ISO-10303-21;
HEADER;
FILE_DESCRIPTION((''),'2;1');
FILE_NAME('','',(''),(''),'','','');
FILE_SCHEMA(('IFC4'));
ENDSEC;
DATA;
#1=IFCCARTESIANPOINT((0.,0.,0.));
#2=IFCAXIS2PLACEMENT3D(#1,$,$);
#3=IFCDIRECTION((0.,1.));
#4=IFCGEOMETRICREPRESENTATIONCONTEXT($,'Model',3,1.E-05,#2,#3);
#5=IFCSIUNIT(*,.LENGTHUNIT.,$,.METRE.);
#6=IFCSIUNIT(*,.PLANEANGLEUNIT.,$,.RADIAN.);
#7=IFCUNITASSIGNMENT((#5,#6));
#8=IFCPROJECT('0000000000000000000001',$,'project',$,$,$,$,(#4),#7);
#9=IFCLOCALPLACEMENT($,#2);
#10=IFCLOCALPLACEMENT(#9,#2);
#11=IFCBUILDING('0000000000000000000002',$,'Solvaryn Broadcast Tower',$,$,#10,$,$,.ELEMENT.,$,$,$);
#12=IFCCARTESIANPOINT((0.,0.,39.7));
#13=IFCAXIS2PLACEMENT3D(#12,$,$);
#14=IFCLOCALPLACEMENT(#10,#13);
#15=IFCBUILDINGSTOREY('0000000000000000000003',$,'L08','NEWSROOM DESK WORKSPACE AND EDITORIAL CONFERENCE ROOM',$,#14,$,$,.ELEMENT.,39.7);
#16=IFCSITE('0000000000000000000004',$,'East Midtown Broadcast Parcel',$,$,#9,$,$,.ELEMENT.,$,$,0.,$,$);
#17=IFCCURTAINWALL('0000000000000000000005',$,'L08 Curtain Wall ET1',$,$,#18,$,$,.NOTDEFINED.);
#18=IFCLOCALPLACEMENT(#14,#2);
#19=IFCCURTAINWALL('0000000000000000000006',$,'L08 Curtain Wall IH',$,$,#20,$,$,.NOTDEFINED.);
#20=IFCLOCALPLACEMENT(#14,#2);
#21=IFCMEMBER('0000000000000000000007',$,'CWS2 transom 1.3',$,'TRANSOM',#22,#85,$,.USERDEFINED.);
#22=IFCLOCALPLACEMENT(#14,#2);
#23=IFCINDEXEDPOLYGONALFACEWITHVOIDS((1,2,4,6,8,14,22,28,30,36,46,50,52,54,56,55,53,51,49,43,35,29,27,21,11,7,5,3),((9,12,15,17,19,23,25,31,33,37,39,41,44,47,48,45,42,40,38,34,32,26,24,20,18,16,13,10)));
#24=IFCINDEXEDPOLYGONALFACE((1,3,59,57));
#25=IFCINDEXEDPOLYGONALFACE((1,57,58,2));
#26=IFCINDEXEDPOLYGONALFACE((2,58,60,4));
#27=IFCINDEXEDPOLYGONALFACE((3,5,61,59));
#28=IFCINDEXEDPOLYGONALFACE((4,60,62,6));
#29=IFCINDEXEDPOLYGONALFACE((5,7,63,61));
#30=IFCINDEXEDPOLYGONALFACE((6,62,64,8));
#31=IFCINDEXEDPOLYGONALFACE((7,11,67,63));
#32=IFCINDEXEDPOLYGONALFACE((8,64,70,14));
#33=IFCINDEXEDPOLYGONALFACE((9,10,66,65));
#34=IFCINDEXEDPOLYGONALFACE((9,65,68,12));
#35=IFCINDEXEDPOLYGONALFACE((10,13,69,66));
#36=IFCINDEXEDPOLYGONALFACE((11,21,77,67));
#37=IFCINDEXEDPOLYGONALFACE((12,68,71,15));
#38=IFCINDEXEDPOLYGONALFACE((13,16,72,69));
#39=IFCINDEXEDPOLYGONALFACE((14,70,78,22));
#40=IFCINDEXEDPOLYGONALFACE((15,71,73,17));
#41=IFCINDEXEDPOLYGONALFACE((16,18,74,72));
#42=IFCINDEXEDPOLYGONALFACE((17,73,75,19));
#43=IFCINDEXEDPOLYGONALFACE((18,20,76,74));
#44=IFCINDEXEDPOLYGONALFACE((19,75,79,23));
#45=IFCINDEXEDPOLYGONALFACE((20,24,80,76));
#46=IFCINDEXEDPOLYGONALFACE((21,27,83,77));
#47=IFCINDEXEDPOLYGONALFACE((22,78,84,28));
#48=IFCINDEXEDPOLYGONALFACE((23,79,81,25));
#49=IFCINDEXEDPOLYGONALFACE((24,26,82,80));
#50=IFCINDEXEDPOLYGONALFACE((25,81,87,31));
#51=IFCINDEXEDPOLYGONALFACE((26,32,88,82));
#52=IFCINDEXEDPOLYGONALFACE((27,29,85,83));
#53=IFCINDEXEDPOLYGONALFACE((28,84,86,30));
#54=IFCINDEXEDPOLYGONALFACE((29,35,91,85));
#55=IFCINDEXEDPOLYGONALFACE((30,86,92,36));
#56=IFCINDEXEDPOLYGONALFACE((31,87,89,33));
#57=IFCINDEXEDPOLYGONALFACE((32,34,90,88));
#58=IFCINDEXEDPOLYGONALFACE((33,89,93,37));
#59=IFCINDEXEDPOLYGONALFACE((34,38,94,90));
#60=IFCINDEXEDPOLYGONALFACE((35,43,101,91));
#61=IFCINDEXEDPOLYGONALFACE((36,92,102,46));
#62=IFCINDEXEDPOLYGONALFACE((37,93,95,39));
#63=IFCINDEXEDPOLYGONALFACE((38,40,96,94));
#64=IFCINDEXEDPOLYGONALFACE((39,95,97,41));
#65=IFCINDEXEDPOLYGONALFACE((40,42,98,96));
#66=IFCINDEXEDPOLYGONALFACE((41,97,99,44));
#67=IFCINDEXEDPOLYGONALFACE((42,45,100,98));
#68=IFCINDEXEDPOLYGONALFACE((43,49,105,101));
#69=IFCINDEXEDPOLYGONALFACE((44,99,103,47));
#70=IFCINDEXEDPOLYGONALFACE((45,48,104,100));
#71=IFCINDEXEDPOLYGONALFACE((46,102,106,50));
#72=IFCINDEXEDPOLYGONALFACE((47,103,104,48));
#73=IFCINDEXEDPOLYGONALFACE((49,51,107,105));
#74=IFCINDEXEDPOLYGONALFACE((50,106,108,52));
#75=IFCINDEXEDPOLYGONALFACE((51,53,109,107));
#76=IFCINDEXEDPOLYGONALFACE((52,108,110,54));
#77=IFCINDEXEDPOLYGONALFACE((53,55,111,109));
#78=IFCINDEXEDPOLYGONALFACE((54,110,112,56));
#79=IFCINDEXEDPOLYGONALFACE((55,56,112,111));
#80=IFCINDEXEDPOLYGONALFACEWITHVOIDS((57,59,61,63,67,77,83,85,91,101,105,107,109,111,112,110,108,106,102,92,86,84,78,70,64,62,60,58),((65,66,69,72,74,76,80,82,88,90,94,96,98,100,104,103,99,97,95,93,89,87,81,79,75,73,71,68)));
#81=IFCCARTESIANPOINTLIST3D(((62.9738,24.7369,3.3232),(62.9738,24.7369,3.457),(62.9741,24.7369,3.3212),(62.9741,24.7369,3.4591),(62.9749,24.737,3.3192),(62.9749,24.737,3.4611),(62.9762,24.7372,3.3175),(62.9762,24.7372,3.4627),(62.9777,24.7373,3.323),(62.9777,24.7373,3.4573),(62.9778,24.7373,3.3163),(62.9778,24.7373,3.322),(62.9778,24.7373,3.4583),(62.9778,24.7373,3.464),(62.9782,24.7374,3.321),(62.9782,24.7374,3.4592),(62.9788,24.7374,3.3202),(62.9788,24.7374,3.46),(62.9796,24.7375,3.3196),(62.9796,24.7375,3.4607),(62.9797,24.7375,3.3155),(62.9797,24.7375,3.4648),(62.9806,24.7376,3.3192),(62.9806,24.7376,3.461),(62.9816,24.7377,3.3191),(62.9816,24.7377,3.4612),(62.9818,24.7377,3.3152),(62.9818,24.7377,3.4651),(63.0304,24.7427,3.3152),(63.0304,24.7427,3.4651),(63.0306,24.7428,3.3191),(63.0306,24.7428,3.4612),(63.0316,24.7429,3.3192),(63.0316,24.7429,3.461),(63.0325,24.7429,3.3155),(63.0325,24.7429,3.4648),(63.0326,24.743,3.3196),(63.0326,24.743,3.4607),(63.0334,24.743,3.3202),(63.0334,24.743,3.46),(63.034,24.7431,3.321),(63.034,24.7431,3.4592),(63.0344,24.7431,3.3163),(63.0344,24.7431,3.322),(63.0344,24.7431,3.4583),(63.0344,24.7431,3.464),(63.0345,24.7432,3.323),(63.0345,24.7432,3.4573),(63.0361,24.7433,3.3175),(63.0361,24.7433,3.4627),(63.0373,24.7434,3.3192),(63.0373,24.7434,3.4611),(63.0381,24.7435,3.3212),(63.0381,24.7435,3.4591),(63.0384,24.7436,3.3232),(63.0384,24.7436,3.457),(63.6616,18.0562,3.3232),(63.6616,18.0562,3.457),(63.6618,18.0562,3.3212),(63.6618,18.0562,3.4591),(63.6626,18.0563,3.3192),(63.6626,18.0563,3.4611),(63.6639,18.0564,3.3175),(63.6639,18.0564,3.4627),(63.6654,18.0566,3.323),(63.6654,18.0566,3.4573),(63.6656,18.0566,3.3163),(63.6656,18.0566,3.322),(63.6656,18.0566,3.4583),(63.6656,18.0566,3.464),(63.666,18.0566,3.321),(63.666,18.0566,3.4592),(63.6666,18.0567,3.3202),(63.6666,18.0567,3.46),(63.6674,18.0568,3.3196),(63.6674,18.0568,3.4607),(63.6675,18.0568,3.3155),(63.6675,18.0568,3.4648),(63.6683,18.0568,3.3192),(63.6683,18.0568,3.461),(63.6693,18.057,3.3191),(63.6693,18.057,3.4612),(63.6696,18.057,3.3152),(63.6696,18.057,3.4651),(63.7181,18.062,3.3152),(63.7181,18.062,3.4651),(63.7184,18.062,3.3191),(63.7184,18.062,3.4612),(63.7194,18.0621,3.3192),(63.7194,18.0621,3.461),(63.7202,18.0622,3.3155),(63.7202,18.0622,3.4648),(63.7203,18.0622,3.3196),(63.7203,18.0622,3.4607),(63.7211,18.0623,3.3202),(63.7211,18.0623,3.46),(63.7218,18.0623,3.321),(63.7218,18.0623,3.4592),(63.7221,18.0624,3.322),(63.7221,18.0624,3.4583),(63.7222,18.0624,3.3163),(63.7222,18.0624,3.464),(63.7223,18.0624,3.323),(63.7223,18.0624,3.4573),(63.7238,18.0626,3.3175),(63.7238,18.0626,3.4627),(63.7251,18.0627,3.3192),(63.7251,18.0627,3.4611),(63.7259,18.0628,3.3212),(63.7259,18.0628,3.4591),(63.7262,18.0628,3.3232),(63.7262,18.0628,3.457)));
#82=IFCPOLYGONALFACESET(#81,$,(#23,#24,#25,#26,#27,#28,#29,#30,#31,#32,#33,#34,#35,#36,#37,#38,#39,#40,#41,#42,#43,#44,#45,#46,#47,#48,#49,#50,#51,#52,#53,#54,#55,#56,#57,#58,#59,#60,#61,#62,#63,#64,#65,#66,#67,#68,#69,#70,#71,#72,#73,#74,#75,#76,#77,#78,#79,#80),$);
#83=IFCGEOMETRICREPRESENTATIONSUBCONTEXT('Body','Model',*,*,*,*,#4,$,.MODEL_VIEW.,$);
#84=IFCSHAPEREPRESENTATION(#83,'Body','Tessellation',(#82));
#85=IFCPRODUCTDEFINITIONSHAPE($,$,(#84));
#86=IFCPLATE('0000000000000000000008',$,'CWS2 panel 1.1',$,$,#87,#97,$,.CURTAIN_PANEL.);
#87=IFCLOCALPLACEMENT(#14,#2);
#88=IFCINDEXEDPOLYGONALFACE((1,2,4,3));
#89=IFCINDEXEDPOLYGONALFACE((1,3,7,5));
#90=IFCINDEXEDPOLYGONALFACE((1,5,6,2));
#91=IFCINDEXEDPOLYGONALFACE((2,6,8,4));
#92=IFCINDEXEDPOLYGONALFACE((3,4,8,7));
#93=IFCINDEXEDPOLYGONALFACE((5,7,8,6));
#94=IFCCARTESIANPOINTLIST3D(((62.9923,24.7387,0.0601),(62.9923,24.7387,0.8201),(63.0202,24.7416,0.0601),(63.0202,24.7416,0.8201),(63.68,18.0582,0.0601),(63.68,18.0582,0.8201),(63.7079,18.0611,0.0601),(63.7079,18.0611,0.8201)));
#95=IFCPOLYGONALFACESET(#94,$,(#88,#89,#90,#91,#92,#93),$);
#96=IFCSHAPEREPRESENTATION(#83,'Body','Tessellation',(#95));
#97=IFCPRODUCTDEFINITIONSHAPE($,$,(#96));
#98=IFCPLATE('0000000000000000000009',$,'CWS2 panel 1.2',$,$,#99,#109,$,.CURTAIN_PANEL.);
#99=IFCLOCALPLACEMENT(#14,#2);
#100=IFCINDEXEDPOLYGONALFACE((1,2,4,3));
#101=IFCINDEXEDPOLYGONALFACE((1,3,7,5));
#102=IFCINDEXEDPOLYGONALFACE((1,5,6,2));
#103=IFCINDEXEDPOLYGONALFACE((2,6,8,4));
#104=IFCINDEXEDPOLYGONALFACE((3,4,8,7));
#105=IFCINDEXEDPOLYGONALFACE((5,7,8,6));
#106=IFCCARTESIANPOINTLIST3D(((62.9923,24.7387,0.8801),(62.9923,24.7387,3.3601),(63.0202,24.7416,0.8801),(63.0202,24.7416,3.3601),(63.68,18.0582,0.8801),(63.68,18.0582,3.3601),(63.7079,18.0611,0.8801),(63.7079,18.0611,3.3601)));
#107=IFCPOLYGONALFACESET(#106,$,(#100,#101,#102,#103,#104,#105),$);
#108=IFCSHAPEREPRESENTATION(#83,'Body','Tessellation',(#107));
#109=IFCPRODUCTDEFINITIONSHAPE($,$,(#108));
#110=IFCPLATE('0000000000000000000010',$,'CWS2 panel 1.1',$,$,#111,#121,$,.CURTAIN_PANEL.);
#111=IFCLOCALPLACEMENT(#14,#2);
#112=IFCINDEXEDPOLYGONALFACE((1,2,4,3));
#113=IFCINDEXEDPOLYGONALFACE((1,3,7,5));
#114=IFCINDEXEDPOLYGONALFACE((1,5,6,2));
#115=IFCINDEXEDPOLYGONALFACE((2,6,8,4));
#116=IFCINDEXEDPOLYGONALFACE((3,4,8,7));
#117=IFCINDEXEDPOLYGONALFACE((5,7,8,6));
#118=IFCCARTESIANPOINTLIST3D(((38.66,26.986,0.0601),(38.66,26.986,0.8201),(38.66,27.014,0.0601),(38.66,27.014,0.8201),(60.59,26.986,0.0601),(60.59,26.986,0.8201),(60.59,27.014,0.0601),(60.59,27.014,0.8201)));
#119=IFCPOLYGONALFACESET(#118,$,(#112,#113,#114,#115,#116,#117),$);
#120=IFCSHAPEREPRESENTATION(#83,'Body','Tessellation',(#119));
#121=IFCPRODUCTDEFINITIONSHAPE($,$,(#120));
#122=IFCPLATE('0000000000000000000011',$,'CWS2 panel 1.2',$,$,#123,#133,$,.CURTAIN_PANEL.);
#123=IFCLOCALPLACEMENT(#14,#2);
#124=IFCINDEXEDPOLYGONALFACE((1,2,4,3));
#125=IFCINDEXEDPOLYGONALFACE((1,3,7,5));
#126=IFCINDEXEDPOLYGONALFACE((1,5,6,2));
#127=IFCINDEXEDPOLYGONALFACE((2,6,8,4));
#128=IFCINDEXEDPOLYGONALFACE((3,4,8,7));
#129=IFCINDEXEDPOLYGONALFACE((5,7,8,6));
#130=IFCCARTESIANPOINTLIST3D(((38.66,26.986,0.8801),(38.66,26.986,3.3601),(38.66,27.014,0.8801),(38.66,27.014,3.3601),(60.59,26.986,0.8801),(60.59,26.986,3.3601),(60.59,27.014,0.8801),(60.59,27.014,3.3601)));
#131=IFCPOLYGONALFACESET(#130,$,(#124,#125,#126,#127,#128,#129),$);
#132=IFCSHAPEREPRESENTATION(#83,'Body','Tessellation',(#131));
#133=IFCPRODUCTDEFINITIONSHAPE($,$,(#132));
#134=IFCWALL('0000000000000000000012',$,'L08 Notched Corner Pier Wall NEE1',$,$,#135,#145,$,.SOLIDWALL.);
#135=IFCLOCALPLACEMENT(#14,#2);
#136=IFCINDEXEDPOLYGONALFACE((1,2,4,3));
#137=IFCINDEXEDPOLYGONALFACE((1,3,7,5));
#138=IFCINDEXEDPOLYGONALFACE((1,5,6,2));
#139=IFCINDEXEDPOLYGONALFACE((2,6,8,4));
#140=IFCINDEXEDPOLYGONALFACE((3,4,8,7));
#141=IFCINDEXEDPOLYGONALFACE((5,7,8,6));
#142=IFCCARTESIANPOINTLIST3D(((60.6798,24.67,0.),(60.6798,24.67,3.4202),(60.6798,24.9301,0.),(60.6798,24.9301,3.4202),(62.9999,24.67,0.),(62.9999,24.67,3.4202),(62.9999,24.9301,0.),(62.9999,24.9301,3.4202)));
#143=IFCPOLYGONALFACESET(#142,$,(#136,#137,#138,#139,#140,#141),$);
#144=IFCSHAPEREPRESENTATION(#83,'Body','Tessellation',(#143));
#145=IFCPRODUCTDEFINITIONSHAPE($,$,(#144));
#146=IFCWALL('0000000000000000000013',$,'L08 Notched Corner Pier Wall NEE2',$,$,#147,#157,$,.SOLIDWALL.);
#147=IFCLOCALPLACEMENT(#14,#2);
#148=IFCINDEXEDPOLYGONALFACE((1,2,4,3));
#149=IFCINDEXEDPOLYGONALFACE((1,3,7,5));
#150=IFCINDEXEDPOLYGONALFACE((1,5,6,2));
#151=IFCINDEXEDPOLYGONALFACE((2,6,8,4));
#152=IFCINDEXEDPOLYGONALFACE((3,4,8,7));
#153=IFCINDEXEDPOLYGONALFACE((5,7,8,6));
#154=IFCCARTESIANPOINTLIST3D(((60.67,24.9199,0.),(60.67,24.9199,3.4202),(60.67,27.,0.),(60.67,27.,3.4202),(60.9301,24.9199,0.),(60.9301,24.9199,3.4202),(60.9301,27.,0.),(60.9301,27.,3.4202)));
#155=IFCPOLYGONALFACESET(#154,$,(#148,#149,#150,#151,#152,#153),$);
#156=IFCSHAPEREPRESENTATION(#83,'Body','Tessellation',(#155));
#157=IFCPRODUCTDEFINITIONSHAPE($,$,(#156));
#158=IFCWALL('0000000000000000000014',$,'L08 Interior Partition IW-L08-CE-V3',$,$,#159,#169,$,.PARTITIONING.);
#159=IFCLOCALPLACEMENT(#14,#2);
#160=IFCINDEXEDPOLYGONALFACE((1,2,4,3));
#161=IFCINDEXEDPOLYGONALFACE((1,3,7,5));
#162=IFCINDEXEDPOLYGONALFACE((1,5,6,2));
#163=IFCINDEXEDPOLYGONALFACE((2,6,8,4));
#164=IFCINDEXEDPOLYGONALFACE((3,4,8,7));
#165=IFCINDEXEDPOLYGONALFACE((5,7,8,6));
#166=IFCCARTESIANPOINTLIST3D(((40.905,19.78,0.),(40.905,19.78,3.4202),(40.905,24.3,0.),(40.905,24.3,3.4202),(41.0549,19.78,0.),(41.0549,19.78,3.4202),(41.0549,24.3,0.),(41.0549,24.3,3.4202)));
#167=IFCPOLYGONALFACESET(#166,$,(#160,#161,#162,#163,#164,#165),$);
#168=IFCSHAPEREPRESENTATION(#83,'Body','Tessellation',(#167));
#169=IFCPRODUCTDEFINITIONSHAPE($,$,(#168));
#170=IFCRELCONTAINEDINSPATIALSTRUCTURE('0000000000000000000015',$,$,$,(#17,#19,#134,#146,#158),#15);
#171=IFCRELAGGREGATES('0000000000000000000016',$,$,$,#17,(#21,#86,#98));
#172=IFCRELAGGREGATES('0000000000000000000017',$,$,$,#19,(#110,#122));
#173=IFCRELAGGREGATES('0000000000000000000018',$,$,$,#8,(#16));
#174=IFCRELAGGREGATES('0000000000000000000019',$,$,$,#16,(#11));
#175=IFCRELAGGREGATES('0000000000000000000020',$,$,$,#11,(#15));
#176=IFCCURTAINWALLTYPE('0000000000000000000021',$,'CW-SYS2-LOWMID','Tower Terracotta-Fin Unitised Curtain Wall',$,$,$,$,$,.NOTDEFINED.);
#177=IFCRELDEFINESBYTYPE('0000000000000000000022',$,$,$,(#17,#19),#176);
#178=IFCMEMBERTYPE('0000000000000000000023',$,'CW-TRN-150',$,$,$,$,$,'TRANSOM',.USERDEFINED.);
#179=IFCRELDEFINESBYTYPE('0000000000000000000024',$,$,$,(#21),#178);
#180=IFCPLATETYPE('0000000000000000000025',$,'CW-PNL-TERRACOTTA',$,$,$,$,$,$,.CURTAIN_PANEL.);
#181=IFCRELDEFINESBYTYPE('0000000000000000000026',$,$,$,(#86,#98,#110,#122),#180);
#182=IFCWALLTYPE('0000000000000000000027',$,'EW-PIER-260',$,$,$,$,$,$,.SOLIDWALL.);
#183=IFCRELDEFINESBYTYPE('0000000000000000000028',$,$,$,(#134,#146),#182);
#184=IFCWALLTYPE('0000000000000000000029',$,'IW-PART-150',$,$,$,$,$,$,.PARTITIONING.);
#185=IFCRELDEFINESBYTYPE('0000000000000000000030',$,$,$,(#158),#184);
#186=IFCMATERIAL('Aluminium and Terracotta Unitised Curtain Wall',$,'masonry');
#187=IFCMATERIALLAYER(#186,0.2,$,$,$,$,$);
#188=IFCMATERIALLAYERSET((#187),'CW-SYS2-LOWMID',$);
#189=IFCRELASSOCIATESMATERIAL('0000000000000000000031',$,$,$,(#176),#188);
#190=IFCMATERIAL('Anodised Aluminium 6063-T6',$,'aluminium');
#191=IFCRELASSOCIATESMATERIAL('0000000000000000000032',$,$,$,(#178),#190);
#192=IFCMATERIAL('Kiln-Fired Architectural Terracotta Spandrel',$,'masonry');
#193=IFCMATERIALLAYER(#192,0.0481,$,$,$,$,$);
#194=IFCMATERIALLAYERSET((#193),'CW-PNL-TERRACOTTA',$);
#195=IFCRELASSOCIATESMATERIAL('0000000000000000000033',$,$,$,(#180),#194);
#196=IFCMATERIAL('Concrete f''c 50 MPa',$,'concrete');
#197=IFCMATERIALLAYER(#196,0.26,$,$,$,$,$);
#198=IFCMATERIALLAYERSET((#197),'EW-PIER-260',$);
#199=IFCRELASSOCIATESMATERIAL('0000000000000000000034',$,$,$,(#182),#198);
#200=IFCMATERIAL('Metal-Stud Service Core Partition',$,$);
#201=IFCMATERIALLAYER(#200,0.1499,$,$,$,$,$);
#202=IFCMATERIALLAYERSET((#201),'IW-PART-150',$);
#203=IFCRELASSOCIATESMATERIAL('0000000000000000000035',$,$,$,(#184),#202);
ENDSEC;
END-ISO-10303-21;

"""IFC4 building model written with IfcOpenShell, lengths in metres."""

from ifc_helpers import new_model, si_unit, direction, frame, frame_2d, origin, origin_2d, place, context, subcontext, project, spatial, rectangle, hollow_rectangle, extrude, material, layer, layer_set, material_profile, profile_set, type_object, element, aggregate, save


model = new_model("IFC4")

# Units and contexts
model_context = context("Model", 3, precision=1e-05, world=origin(), true_north=direction((0.0, 1.0)))
body_context = subcontext(model_context, "Body", "Model", "MODEL_VIEW")
ifc_project = project(units=[si_unit("LENGTHUNIT", "METRE"), si_unit("PLANEANGLEUNIT", "RADIAN")], contexts=[model_context])

# Site, building, storey
site_placement = place(None, origin())
site = spatial("IfcSite", under=ifc_project, at=site_placement, Name="East Midtown Broadcast Parcel", CompositionType="ELEMENT", RefElevation=0.0)
building_placement = place(site_placement, origin())
building = spatial("IfcBuilding", under=site, at=building_placement, Name="Solvaryn Broadcast Tower", CompositionType="ELEMENT")
storey_placement = place(building_placement, frame((0.0, 0.0, 39.7)))
storey = spatial("IfcBuildingStorey", under=building, at=storey_placement, Name="L08", Description="NEWSROOM DESK WORKSPACE AND EDITORIAL CONFERENCE ROOM", CompositionType="ELEMENT", Elevation=39.7)

# Curtain walls
ifc_material_1 = material(Name="Aluminium and Terracotta Unitised Curtain Wall", Category="masonry")
ifc_layer_1 = layer(ifc_material_1, 0.2)
ifc_layer_set_1 = layer_set([ifc_layer_1], Name="CW-SYS2-LOWMID")
curtain_wall_type = type_object("IfcCurtainWallType", Name="CW-SYS2-LOWMID", Description="Tower Terracotta-Fin Unitised Curtain Wall", PredefinedType="NOTDEFINED", material=ifc_layer_set_1)
curtain_wall_1_placement = place(storey_placement, origin())
curtain_wall_1 = element("IfcCurtainWall", 1, at=curtain_wall_1_placement, inside=storey, type_object=curtain_wall_type, Name="L08 Curtain Wall ET1", PredefinedType="NOTDEFINED")
curtain_wall_2_placement = place(storey_placement, origin())
curtain_wall_2 = element("IfcCurtainWall", 2, at=curtain_wall_2_placement, inside=storey, type_object=curtain_wall_type, Name="L08 Curtain Wall IH", PredefinedType="NOTDEFINED")

# Member
ifc_material_2 = material(Name="Anodised Aluminium 6063-T6", Category="aluminium")
ifc_material_profile_1 = material_profile(ifc_material_2, hollow_rectangle(XDim=0.0649, YDim=0.1499, WallThickness=0.0039, InnerFilletRadius=0.0039, OuterFilletRadius=0.0081, at=origin_2d()))
ifc_profile_set_1 = profile_set([ifc_material_profile_1], Name="Anodised Aluminium 6063-T6")
member_type_1 = type_object("IfcMemberType", Name="CW-TRN-150", ElementType="TRANSOM", PredefinedType="USERDEFINED", material=ifc_profile_set_1)
member_1_placement = place(storey_placement, frame((63.0061, 24.7402, 3.3901), z_axis=(0.102404, -0.994743, 0.0), x_axis=(0.994743, 0.102404, 0.0)))
member_1 = element("IfcMember", 3, at=member_1_placement, type_object=member_type_1, Name="CWS2 transom 1.3", ObjectType="TRANSOM", PredefinedType="USERDEFINED", context=body_context, shape_type="SweptSolid", body=[
    extrude(hollow_rectangle(XDim=0.0649, YDim=0.1499, WallThickness=0.0039, InnerFilletRadius=0.0039, OuterFilletRadius=0.0081, at=origin_2d()), origin(), (0.0, 0.0, 1.0), 6.7161),
])

# Plates
ifc_material_3 = material(Name="Kiln-Fired Architectural Terracotta Spandrel", Category="masonry")
ifc_layer_2 = layer(ifc_material_3, 0.0481)
ifc_layer_set_2 = layer_set([ifc_layer_2], Name="CW-PNL-TERRACOTTA")
plate_type = type_object("IfcPlateType", Name="CW-PNL-TERRACOTTA", PredefinedType="CURTAIN_PANEL", material=ifc_layer_set_2)
plate_1_placement = place(storey_placement, frame((63.3501, 21.3999, 0.0601), z_axis=(0.0, 0.0, 1.0), x_axis=(0.1024, -0.994743, 0.0)))
plate_1 = element("IfcPlate", 4, at=plate_1_placement, type_object=plate_type, Name="CWS2 panel 1.1", PredefinedType="CURTAIN_PANEL", context=body_context, shape_type="SweptSolid", body=[
    extrude(rectangle(XDim=6.7158, YDim=0.0281, at=origin_2d()), origin(), (0.0, 0.0, 1.0), 0.76),
])
plate_2_placement = place(storey_placement, frame((63.3501, 21.3999, 0.8801), z_axis=(0.0, 0.0, 1.0), x_axis=(0.1024, -0.994743, 0.0)))
plate_2 = element("IfcPlate", 5, at=plate_2_placement, type_object=plate_type, Name="CWS2 panel 1.2", PredefinedType="CURTAIN_PANEL", context=body_context, shape_type="SweptSolid", body=[
    extrude(rectangle(XDim=6.7158, YDim=0.0281, at=origin_2d()), origin(), (0.0, 0.0, 1.0), 2.48),
])
aggregate(curtain_wall_1, [member_1, plate_1, plate_2])
plate_3_placement = place(storey_placement, frame((49.625, 27.0, 0.0601), z_axis=(0.0, 0.0, 1.0), x_axis=(1.0, 0.0, 0.0)))
plate_3 = element("IfcPlate", 6, at=plate_3_placement, type_object=plate_type, Name="CWS2 panel 1.1", PredefinedType="CURTAIN_PANEL", context=body_context, shape_type="SweptSolid", body=[
    extrude(rectangle(XDim=21.9299, YDim=0.0281, at=origin_2d()), origin(), (0.0, 0.0, 1.0), 0.76),
])
plate_4_placement = place(storey_placement, frame((49.625, 27.0, 0.8801), z_axis=(0.0, 0.0, 1.0), x_axis=(1.0, 0.0, 0.0)))
plate_4 = element("IfcPlate", 7, at=plate_4_placement, type_object=plate_type, Name="CWS2 panel 1.2", PredefinedType="CURTAIN_PANEL", context=body_context, shape_type="SweptSolid", body=[
    extrude(rectangle(XDim=21.9299, YDim=0.0281, at=origin_2d()), origin(), (0.0, 0.0, 1.0), 2.48),
])
aggregate(curtain_wall_2, [plate_3, plate_4])

# Walls
ifc_material_4 = material(Name="Concrete f'c 50 MPa", Category="concrete")
ifc_layer_3 = layer(ifc_material_4, 0.26)
ifc_layer_set_3 = layer_set([ifc_layer_3], Name="EW-PIER-260")
wall_type_1 = type_object("IfcWallType", Name="EW-PIER-260", PredefinedType="SOLIDWALL", material=ifc_layer_set_3)
wall_1_placement = place(storey_placement, frame((63.0, 24.8, 0.0), z_axis=(0.0, 0.0, 1.0), x_axis=(-1.0, 0.0, 0.0)))
element("IfcWall", 8, at=wall_1_placement, inside=storey, type_object=wall_type_1, Name="L08 Notched Corner Pier Wall NEE1", PredefinedType="SOLIDWALL", context=body_context, shape_type="SweptSolid", body=[
    extrude(rectangle(XDim=2.3201, YDim=0.26, at=frame_2d((1.1602, 0.0))), origin(), (0.0, 0.0, 1.0), 3.4202),
])
wall_2_placement = place(storey_placement, frame((60.8, 24.9199, 0.0), z_axis=(0.0, 0.0, 1.0), x_axis=(0.0, 1.0, 0.0)))
element("IfcWall", 9, at=wall_2_placement, inside=storey, type_object=wall_type_1, Name="L08 Notched Corner Pier Wall NEE2", PredefinedType="SOLIDWALL", context=body_context, shape_type="SweptSolid", body=[
    extrude(rectangle(XDim=2.0801, YDim=0.26, at=frame_2d((1.04, 0.0))), origin(), (0.0, 0.0, 1.0), 3.4202),
])
ifc_material_5 = material(Name="Metal-Stud Service Core Partition")
ifc_layer_4 = layer(ifc_material_5, 0.1499)
ifc_layer_set_4 = layer_set([ifc_layer_4], Name="IW-PART-150")
wall_type_2 = type_object("IfcWallType", Name="IW-PART-150", PredefinedType="PARTITIONING", material=ifc_layer_set_4)
wall_3_placement = place(storey_placement, frame((40.98, 19.78, 0.0), z_axis=(0.0, 0.0, 1.0), x_axis=(0.0, 1.0, 0.0)))
element("IfcWall", 10, at=wall_3_placement, inside=storey, type_object=wall_type_2, Name="L08 Interior Partition IW-L08-CE-V3", PredefinedType="PARTITIONING", context=body_context, shape_type="SweptSolid", body=[
    extrude(rectangle(XDim=4.52, YDim=0.1499, at=frame_2d((2.26, 0.0))), origin(), (0.0, 0.0, 1.0), 3.4202),
])

save(model, "model.ifc")
